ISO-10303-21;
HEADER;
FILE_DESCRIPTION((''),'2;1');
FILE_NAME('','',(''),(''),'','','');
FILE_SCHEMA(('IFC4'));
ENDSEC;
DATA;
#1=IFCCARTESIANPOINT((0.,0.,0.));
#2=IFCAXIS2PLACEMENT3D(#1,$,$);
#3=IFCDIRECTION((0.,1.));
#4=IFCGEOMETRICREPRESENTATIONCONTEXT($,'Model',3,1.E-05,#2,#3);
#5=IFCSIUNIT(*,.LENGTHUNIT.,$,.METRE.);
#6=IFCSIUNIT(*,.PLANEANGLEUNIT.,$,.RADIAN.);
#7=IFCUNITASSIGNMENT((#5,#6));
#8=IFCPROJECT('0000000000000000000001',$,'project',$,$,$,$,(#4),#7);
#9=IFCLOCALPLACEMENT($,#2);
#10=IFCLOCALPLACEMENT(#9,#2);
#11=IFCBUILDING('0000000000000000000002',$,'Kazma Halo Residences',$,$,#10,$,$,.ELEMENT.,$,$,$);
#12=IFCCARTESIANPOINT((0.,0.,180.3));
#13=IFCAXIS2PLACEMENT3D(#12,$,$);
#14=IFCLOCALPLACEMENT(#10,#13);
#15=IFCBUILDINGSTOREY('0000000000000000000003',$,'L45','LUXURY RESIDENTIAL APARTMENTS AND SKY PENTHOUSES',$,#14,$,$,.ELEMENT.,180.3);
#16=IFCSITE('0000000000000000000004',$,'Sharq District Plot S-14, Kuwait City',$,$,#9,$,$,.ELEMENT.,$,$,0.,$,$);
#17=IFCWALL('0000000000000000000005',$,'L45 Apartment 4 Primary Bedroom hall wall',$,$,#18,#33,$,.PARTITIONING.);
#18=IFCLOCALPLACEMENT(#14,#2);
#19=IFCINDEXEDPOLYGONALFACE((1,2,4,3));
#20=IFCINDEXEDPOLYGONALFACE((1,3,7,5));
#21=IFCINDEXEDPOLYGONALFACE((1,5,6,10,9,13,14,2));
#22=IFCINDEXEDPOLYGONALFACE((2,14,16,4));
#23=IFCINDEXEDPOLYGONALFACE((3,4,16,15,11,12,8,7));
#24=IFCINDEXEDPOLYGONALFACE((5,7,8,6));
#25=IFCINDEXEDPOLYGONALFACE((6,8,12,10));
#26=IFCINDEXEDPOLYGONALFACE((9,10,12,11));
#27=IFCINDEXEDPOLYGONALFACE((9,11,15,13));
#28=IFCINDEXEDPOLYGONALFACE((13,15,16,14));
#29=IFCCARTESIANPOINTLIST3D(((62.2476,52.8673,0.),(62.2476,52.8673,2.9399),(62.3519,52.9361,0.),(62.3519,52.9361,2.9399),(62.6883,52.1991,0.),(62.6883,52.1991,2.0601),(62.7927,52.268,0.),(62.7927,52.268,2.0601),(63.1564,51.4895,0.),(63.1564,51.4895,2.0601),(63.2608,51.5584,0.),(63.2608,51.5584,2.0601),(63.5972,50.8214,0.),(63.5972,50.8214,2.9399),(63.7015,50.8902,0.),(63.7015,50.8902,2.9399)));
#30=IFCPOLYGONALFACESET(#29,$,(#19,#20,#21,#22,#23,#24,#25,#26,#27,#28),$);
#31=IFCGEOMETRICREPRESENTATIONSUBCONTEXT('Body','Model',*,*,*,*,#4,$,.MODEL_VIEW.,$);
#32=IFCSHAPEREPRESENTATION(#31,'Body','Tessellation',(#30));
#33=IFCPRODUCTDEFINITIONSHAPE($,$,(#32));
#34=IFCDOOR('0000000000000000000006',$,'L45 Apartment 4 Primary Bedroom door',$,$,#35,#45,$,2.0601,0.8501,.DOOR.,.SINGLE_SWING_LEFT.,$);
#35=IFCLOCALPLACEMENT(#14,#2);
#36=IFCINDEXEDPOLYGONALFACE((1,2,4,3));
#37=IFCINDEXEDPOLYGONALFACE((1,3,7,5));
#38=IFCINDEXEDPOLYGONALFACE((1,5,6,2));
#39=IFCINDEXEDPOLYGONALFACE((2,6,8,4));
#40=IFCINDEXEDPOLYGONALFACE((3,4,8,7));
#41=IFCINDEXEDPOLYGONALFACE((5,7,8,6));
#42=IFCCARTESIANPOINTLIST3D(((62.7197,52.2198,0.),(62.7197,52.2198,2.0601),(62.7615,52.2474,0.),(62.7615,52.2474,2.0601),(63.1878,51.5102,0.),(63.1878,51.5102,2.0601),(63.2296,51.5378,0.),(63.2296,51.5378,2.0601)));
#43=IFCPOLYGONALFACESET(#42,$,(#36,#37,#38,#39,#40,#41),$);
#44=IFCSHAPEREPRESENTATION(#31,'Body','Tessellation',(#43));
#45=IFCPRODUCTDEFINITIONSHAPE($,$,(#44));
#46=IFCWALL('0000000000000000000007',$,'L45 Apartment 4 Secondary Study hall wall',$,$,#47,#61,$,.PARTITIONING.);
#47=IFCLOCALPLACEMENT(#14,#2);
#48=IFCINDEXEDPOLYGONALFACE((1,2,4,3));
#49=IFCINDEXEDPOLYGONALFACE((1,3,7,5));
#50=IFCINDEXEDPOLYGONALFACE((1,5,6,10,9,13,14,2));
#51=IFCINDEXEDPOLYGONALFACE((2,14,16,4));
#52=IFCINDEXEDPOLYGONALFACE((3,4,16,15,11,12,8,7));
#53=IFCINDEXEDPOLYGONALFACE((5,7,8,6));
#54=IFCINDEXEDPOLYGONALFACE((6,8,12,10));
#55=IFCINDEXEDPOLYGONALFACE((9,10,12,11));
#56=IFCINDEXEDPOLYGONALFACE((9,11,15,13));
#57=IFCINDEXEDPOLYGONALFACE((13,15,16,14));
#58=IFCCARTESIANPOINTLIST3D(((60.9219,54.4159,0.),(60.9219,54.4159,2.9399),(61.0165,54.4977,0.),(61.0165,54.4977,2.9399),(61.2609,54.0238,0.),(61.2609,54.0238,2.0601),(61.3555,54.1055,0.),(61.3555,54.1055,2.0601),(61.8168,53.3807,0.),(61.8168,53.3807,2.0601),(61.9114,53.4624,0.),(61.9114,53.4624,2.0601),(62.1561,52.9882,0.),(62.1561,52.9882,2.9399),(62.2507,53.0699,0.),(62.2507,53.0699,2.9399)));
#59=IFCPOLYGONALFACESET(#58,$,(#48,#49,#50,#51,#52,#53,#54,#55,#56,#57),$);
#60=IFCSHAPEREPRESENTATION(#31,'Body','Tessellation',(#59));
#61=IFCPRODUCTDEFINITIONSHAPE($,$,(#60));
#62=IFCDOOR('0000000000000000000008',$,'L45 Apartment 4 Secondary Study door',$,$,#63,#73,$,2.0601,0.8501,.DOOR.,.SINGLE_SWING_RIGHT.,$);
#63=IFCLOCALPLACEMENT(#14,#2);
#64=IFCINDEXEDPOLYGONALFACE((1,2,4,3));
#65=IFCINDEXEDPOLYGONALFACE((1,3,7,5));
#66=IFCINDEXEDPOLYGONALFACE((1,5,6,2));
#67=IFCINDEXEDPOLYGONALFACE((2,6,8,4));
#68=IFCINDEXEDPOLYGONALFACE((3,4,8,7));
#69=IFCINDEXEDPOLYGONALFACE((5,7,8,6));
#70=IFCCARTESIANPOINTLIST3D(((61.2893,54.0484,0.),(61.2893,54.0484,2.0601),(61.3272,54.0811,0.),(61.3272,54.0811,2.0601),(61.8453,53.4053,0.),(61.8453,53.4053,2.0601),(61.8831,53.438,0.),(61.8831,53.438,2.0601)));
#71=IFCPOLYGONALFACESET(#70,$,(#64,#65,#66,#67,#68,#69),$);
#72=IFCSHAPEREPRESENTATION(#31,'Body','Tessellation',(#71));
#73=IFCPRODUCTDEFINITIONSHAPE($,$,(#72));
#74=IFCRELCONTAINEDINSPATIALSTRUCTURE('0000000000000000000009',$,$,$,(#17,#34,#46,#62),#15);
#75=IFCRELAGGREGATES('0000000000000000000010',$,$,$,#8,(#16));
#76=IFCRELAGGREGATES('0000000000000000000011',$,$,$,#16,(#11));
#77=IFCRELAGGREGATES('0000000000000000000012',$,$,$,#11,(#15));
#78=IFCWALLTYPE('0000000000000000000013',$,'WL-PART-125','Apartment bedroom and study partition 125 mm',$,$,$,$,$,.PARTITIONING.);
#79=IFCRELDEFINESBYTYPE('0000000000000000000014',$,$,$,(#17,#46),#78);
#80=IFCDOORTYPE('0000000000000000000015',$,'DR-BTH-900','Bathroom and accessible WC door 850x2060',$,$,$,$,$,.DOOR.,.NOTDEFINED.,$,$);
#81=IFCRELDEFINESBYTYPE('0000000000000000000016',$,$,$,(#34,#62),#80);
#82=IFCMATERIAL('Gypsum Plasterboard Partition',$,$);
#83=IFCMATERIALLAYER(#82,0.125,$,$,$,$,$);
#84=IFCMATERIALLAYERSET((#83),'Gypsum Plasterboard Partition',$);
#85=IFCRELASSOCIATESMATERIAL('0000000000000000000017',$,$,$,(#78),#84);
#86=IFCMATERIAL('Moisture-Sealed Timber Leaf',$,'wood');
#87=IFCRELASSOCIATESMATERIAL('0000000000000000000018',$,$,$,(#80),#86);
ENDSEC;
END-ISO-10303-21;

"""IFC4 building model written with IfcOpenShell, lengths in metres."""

from ifc_helpers import new_model, si_unit, direction, frame, frame_2d, origin, place, context, subcontext, project, spatial, rectangle, extrude, material, layer, layer_set, type_object, element, fill, save


model = new_model("IFC4")

# Units and contexts
model_context = context("Model", 3, precision=1e-05, world=origin(), true_north=direction((0.0, 1.0)))
body_context = subcontext(model_context, "Body", "Model", "MODEL_VIEW")
ifc_project = project(units=[si_unit("LENGTHUNIT", "METRE"), si_unit("PLANEANGLEUNIT", "RADIAN")], contexts=[model_context])

# Site, building, storey
site_placement = place(None, origin())
site = spatial("IfcSite", under=ifc_project, at=site_placement, Name="Sharq District Plot S-14, Kuwait City", CompositionType="ELEMENT", RefElevation=0.0)
building_placement = place(site_placement, origin())
building = spatial("IfcBuilding", under=site, at=building_placement, Name="Kazma Halo Residences", CompositionType="ELEMENT")
storey_placement = place(building_placement, frame((0.0, 0.0, 180.3)))
storey = spatial("IfcBuildingStorey", under=building, at=storey_placement, Name="L45", Description="LUXURY RESIDENTIAL APARTMENTS AND SKY PENTHOUSES", CompositionType="ELEMENT", Elevation=180.3)

# Shared definitions
ifc_material_1 = material(Name="Gypsum Plasterboard Partition")
ifc_layer_1 = layer(ifc_material_1, 0.125)
ifc_layer_set_1 = layer_set([ifc_layer_1], Name="Gypsum Plasterboard Partition")
wall_type_1 = type_object("IfcWallType", Name="WL-PART-125", Description="Apartment bedroom and study partition 125 mm", PredefinedType="PARTITIONING", material=ifc_layer_set_1)

# Shared definitions
ifc_material_2 = material(Name="Moisture-Sealed Timber Leaf", Category="wood")
door_type = type_object("IfcDoorType", Name="DR-BTH-900", Description="Bathroom and accessible WC door 850x2060", OperationType="NOTDEFINED", PredefinedType="DOOR", material=ifc_material_2)

# Walls, openings, doors
wall_1_placement = place(storey_placement, frame((63.6494, 50.8557, 0.0), z_axis=(0.0, 0.0, 1.0), x_axis=(-0.550648, 0.834738, 0.0)))
wall_1 = element("IfcWall", 1, at=wall_1_placement, inside=storey, type_object=wall_type_1, Name="L45 Apartment 4 Primary Bedroom hall wall", PredefinedType="PARTITIONING", context=body_context, shape_type="SweptSolid", body=[
    extrude(rectangle(XDim=2.4509, YDim=0.125, at=frame_2d((1.2256, 0.0))), origin(), (0.0, 0.0, 1.0), 2.9399),
])
opening_1_placement = place(wall_1_placement, frame((0.8005, 0.0, 0.0)))
opening_1 = element("IfcOpeningElement", 2, at=opening_1_placement, cuts=wall_1, PredefinedType="OPENING", context=body_context, shape_type="SweptSolid", body=[
    extrude(rectangle(XDim=0.8501, YDim=2.0601, at=frame_2d((0.425, 1.03))), frame((0.0, 0.0725, 0.0), z_axis=(0.0, -1.0, 0.0), x_axis=(1.0, 0.0, 0.0)), (0.0, 0.0, 1.0), 0.145),
])
door_1_placement = place(opening_1_placement, origin())
door_1 = element("IfcDoor", 3, at=door_1_placement, inside=storey, type_object=door_type, Name="L45 Apartment 4 Primary Bedroom door", OperationType="SINGLE_SWING_LEFT", OverallHeight=2.0601, OverallWidth=0.8501, PredefinedType="DOOR", context=body_context, shape_type="SweptSolid", body=[
    extrude(rectangle(XDim=0.8501, YDim=2.0601, at=frame_2d((0.425, 1.03))), frame((0.0, 0.0249, 0.0), z_axis=(0.0, -1.0, 0.0), x_axis=(1.0, 0.0, 0.0)), (0.0, 0.0, 1.0), 0.05),
])
fill(opening_1, door_1)
wall_2_placement = place(storey_placement, frame((62.2034, 53.0291, 0.0), z_axis=(0.0, 0.0, 1.0), x_axis=(-0.65395, 0.756538, 0.0)))
wall_2 = element("IfcWall", 4, at=wall_2_placement, inside=storey, type_object=wall_type_1, Name="L45 Apartment 4 Secondary Study hall wall", PredefinedType="PARTITIONING", context=body_context, shape_type="SweptSolid", body=[
    extrude(rectangle(XDim=1.8872, YDim=0.125, at=frame_2d((0.9436, 0.0))), origin(), (0.0, 0.0, 1.0), 2.9399),
])
opening_2_placement = place(wall_2_placement, frame((0.5188, 0.0, 0.0)))
opening_2 = element("IfcOpeningElement", 5, at=opening_2_placement, cuts=wall_2, PredefinedType="OPENING", context=body_context, shape_type="SweptSolid", body=[
    extrude(rectangle(XDim=0.8501, YDim=2.0601, at=frame_2d((0.425, 1.03))), frame((0.0, 0.0725, 0.0), z_axis=(0.0, -1.0, 0.0), x_axis=(1.0, 0.0, 0.0)), (0.0, 0.0, 1.0), 0.145),
])
door_2_placement = place(opening_2_placement, origin())
door_2 = element("IfcDoor", 6, at=door_2_placement, inside=storey, type_object=door_type, Name="L45 Apartment 4 Secondary Study door", OperationType="SINGLE_SWING_RIGHT", OverallHeight=2.0601, OverallWidth=0.8501, PredefinedType="DOOR", context=body_context, shape_type="SweptSolid", body=[
    extrude(rectangle(XDim=0.8501, YDim=2.0601, at=frame_2d((0.425, 1.03))), frame((0.0, 0.0249, 0.0), z_axis=(0.0, -1.0, 0.0), x_axis=(1.0, 0.0, 0.0)), (0.0, 0.0, 1.0), 0.05),
])
fill(opening_2, door_2)

save(model, "model.ifc")
